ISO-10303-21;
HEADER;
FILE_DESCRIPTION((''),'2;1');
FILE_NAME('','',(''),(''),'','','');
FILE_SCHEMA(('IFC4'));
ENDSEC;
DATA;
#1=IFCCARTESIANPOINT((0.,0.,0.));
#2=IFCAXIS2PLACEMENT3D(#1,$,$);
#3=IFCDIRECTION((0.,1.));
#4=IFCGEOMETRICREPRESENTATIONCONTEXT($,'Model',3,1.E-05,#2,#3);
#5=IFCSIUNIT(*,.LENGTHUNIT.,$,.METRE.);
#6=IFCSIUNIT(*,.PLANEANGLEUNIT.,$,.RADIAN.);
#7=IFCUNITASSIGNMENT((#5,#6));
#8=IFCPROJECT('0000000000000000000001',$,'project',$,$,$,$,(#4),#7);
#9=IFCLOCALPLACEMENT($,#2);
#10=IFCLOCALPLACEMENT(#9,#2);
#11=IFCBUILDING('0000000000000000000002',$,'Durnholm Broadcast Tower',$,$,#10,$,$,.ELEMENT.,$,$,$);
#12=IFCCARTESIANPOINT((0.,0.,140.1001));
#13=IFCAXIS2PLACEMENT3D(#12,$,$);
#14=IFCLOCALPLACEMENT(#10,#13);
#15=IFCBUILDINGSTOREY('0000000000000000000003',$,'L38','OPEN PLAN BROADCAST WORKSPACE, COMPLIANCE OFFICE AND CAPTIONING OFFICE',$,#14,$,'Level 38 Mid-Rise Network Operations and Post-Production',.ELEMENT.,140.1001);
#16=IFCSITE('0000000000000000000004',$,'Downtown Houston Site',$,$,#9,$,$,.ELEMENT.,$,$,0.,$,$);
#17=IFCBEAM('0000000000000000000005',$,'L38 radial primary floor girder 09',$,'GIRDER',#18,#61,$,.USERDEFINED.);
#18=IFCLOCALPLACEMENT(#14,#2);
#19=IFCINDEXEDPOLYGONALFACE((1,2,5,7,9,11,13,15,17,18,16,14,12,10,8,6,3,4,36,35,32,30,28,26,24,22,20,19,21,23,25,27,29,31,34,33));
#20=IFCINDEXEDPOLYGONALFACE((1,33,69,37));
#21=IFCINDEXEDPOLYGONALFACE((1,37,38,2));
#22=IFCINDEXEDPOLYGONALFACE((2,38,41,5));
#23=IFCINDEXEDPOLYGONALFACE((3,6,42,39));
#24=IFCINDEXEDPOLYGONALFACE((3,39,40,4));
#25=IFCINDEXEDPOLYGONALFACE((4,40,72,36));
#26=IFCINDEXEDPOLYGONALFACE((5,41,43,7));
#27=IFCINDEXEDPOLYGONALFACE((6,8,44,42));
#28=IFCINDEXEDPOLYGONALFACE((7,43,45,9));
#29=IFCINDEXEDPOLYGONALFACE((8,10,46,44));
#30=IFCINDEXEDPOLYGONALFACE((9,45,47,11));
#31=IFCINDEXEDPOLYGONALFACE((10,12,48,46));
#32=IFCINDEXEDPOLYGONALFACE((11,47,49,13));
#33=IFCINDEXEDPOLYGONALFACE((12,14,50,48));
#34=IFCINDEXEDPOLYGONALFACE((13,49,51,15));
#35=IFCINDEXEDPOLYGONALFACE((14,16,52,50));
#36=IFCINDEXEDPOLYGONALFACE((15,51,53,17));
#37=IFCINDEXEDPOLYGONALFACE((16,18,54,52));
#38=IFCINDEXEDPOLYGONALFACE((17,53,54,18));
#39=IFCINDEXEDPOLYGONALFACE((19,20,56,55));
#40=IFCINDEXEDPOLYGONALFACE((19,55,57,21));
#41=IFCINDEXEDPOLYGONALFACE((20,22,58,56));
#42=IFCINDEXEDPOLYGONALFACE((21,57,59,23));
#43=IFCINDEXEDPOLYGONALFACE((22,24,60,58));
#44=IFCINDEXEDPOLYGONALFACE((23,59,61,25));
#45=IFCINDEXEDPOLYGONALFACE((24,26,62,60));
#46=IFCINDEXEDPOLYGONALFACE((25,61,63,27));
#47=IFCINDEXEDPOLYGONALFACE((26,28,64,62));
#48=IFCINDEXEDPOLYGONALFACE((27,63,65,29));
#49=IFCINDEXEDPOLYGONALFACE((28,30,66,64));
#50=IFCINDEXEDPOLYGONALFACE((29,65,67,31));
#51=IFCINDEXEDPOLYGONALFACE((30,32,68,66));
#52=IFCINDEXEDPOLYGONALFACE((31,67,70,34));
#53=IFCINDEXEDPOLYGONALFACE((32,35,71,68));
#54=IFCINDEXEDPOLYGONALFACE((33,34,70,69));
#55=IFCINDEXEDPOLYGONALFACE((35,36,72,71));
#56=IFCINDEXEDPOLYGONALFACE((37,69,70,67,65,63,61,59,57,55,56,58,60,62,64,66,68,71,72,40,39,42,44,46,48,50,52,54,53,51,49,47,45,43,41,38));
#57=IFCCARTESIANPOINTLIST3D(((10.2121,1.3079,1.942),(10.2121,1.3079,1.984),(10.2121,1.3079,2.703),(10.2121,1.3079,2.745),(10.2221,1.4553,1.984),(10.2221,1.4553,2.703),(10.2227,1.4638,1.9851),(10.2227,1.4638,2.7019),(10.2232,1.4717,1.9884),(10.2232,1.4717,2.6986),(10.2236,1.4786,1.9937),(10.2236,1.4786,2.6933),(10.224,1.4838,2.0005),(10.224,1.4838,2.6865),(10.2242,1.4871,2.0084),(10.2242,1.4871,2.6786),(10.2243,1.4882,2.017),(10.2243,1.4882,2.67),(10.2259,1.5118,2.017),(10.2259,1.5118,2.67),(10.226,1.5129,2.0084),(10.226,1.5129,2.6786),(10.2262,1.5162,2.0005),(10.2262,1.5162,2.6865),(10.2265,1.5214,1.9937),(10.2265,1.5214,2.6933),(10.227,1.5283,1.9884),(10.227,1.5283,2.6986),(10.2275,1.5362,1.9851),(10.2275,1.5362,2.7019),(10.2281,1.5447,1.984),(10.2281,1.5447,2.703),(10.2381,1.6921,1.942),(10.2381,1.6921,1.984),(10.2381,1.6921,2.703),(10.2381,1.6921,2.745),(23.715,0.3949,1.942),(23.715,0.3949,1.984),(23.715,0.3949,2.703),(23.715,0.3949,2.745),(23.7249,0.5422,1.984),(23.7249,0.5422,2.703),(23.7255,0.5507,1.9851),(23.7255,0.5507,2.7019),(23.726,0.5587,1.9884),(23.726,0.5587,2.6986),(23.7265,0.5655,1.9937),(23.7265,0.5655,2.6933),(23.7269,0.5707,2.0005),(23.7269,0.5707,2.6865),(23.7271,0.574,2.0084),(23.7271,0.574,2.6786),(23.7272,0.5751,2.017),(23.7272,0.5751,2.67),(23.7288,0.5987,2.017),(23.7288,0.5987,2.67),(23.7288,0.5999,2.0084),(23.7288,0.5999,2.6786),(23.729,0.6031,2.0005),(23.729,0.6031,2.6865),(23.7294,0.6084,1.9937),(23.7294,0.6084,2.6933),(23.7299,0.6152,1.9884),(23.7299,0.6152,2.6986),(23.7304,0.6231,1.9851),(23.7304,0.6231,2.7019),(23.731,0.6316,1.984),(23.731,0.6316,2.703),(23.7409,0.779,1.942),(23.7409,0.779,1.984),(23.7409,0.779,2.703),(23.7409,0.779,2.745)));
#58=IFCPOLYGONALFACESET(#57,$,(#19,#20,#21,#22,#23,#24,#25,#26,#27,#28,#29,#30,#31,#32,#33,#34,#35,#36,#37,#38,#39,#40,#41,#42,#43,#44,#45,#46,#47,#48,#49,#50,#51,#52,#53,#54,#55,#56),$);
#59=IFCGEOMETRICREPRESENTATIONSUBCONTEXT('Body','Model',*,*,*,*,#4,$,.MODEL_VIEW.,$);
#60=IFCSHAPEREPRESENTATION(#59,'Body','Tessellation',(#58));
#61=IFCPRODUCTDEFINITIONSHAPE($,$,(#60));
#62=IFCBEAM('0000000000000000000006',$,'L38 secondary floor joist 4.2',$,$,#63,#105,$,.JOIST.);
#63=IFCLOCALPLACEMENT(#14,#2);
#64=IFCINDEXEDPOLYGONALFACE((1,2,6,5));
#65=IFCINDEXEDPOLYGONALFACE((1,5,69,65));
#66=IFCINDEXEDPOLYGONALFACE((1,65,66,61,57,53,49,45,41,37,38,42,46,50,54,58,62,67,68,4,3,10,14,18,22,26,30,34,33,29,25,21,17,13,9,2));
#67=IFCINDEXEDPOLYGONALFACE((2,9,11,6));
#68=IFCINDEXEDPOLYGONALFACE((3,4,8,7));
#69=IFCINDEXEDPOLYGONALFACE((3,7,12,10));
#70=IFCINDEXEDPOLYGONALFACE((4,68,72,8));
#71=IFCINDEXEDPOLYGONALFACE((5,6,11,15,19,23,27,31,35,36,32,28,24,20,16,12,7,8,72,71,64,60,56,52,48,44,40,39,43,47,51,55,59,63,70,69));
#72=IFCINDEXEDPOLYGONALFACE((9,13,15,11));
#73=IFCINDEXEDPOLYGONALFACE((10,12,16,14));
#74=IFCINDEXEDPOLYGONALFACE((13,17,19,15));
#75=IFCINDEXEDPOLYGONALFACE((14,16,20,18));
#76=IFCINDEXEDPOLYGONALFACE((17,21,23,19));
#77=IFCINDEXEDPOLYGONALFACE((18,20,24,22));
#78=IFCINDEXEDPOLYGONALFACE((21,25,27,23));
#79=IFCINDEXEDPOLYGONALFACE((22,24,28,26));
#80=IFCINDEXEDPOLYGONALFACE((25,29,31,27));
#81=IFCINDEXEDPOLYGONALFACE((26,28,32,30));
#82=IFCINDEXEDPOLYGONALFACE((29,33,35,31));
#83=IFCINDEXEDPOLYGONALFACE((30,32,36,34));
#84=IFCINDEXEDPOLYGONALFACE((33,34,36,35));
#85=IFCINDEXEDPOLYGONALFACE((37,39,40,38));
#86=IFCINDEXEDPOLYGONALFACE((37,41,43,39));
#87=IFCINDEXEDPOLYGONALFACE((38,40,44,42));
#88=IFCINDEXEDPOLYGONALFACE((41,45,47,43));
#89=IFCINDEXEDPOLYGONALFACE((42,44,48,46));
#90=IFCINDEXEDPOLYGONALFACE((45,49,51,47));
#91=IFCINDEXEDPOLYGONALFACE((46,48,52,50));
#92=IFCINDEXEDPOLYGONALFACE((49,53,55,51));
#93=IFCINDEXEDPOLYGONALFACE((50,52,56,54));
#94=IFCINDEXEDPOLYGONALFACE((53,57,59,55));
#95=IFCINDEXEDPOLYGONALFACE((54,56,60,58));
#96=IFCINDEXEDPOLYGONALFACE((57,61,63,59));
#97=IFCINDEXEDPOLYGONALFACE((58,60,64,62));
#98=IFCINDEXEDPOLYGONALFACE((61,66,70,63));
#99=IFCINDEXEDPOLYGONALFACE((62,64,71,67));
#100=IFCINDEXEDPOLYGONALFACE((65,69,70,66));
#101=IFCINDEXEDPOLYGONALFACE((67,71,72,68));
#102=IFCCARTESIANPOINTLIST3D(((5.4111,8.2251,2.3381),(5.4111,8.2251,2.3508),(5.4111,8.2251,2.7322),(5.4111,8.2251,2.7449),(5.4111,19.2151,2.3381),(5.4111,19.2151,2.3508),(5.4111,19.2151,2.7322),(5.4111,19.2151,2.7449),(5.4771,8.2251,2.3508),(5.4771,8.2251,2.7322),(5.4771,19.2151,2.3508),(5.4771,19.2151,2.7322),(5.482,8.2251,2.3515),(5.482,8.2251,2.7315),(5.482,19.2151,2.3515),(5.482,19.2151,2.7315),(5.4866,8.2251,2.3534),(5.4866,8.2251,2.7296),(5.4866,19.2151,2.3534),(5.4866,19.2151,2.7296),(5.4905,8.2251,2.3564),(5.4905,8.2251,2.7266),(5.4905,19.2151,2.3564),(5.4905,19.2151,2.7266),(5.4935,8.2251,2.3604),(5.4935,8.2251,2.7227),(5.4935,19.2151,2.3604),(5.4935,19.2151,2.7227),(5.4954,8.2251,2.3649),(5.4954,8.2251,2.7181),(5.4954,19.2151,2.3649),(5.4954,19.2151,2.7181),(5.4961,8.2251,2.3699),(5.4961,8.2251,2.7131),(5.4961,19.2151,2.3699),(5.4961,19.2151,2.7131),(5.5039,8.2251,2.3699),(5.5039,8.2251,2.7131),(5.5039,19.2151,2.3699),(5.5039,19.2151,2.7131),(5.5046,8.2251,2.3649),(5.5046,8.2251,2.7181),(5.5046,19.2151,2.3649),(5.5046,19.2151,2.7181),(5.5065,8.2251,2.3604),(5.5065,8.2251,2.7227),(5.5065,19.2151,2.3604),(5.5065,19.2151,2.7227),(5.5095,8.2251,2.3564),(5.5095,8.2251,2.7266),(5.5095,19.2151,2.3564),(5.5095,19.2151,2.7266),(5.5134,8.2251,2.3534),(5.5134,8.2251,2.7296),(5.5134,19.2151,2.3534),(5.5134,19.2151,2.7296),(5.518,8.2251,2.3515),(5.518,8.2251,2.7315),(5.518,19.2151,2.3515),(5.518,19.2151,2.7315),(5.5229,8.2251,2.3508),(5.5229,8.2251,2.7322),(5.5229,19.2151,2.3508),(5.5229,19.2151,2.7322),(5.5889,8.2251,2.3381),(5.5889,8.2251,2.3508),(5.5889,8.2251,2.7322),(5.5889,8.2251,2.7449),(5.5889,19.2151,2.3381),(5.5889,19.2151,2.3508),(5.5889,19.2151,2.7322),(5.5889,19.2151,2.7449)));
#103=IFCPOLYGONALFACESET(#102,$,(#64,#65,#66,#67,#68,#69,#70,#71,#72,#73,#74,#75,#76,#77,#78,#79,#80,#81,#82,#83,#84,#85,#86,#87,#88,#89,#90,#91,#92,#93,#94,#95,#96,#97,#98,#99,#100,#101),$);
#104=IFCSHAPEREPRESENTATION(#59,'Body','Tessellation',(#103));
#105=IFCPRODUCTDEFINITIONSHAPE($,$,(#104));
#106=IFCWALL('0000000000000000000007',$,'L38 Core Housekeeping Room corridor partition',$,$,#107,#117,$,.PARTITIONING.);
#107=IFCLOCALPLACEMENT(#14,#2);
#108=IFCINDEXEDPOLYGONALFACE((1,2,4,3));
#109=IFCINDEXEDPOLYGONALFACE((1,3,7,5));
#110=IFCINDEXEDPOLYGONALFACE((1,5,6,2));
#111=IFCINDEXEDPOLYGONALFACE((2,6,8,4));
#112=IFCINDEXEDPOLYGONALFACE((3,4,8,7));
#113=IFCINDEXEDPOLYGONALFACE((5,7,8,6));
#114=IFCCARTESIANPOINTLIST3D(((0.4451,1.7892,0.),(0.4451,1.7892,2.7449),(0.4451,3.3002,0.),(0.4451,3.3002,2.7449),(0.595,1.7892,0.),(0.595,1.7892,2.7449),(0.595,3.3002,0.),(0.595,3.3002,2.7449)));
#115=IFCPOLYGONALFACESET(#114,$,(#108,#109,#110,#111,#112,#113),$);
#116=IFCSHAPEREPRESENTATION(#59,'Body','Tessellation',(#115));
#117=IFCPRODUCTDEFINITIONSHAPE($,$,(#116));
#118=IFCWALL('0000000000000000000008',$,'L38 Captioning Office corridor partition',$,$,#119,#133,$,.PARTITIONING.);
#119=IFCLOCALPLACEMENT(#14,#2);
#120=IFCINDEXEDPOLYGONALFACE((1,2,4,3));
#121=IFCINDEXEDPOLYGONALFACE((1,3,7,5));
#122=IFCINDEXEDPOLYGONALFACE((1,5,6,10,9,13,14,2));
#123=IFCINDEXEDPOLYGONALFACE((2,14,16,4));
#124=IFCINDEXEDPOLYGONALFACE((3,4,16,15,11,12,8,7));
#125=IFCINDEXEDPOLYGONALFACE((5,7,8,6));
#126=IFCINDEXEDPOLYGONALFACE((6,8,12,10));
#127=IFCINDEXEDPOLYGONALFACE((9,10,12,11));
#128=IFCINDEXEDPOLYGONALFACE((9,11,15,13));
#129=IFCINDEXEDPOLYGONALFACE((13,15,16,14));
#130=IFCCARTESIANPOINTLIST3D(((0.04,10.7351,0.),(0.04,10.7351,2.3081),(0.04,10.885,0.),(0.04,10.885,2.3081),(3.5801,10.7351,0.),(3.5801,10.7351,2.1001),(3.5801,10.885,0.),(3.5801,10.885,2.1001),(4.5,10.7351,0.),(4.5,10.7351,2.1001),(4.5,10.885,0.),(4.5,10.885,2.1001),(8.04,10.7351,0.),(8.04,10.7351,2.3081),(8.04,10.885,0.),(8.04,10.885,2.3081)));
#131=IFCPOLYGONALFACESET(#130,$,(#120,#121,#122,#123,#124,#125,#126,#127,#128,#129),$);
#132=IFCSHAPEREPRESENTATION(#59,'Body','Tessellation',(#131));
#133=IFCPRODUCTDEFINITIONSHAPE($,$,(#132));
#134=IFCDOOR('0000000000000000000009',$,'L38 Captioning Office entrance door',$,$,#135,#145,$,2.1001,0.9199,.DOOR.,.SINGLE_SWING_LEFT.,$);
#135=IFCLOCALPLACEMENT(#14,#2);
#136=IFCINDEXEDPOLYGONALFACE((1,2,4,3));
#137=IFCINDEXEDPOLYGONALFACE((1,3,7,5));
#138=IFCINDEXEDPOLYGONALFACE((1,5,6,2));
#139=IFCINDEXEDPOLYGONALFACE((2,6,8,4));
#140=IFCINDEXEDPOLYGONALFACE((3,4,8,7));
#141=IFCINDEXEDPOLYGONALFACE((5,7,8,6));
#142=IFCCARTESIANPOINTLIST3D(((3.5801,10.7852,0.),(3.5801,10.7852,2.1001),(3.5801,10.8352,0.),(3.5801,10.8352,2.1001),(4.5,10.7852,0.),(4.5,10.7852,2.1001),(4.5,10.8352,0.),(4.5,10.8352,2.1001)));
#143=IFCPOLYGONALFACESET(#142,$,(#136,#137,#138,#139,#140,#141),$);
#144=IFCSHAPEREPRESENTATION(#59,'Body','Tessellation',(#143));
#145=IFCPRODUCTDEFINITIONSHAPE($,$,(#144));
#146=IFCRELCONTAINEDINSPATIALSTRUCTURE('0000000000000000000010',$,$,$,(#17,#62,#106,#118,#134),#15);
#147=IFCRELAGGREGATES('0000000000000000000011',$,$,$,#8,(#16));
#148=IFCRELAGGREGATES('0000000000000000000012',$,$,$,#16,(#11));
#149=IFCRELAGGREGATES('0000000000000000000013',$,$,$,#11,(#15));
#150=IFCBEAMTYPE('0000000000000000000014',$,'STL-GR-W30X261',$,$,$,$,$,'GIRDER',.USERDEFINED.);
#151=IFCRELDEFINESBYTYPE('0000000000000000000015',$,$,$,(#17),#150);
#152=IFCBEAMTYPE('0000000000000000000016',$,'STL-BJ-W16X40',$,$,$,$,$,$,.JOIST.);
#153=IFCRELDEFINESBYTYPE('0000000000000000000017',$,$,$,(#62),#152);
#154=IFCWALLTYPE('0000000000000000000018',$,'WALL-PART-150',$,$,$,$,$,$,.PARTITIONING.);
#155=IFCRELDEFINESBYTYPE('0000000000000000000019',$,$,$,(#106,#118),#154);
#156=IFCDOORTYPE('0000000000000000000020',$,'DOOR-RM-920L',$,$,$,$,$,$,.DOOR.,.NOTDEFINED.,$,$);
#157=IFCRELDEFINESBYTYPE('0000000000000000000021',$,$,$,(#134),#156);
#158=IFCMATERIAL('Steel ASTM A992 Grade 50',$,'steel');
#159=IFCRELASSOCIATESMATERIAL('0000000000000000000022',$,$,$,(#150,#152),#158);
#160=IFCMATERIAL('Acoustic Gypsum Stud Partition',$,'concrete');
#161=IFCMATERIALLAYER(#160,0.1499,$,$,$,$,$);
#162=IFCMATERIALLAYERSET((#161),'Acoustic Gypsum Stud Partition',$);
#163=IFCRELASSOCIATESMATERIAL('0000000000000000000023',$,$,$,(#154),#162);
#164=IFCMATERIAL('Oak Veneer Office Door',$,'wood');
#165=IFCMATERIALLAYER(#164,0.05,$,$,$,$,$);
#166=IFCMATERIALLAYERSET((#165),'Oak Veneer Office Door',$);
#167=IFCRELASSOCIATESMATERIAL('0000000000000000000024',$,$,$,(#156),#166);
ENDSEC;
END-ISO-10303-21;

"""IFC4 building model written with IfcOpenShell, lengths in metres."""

from ifc_helpers import new_model, si_unit, direction, frame, frame_2d, origin, origin_2d, place, context, subcontext, project, spatial, rectangle, i_section, extrude, source, transform, mapped, material, layer, layer_set, material_profile, profile_set, type_object, type_shapes, element, fill, save


model = new_model("IFC4")

# Units and contexts
model_context = context("Model", 3, precision=1e-05, world=origin(), true_north=direction((0.0, 1.0)))
body_context = subcontext(model_context, "Body", "Model", "MODEL_VIEW")
ifc_project = project(units=[si_unit("LENGTHUNIT", "METRE"), si_unit("PLANEANGLEUNIT", "RADIAN")], contexts=[model_context])

# Site, building, storey
site_placement = place(None, origin())
site = spatial("IfcSite", under=ifc_project, at=site_placement, Name="Downtown Houston Site", CompositionType="ELEMENT", RefElevation=0.0)
building_placement = place(site_placement, origin())
building = spatial("IfcBuilding", under=site, at=building_placement, Name="Durnholm Broadcast Tower", CompositionType="ELEMENT")
storey_placement = place(building_placement, frame((0.0, 0.0, 140.1001)))
storey = spatial("IfcBuildingStorey", under=building, at=storey_placement, Name="L38", Description="OPEN PLAN BROADCAST WORKSPACE, COMPLIANCE OFFICE AND CAPTIONING OFFICE", LongName="Level 38 Mid-Rise Network Operations and Post-Production", CompositionType="ELEMENT", Elevation=140.1001)

# Beams
ifc_material_1 = material(Name="Steel ASTM A992 Grade 50", Category="steel")
ifc_material_profile_1 = material_profile(ifc_material_1, i_section(OverallWidth=0.385, OverallDepth=0.803, WebThickness=0.0237, FlangeThickness=0.042, FilletRadius=0.033, at=origin_2d()), Name="W30X261")
ifc_profile_set_1 = profile_set([ifc_material_profile_1], Name="Steel ASTM A992 Grade 50")
beam_type_1 = type_object("IfcBeamType", Name="STL-GR-W30X261", ElementType="GIRDER", PredefinedType="USERDEFINED", material=ifc_profile_set_1)
shared_shape_1 = source(origin(), body_context, "Body", "SweptSolid", [
    extrude(i_section(OverallWidth=0.385, OverallDepth=0.803, WebThickness=0.0237, FlangeThickness=0.042, FilletRadius=0.033, at=origin_2d()), origin(), (0.0, 0.0, 1.0), 13.5337),
])
beam_1_placement = place(storey_placement, frame((10.2251, 1.5, 2.3435), z_axis=(0.997721, -0.067467, 0.0), x_axis=(0.067467, 0.997721, 0.0)))
element("IfcBeam", 1, at=beam_1_placement, inside=storey, type_object=beam_type_1, Name="L38 radial primary floor girder 09", ObjectType="GIRDER", PredefinedType="USERDEFINED", context=body_context, shape_type="MappedRepresentation", body=[
    mapped(shared_shape_1, transform((0.0, 0.0, 0.0), x_axis=(1.0, 0.0, 0.0), y_axis=(0.0, 1.0, 0.0), z_axis=(0.0, 0.0, 1.0), scale=1.0)),
])
ifc_material_profile_2 = material_profile(ifc_material_1, i_section(OverallWidth=0.1777, OverallDepth=0.4067, WebThickness=0.0078, FlangeThickness=0.0127, FilletRadius=0.019, at=origin_2d()), Name="W16X40")
ifc_profile_set_2 = profile_set([ifc_material_profile_2], Name="Steel ASTM A992 Grade 50")
beam_type_2 = type_object("IfcBeamType", Name="STL-BJ-W16X40", PredefinedType="JOIST", material=ifc_profile_set_2)
shared_shape_2 = source(origin(), body_context, "Body", "SweptSolid", [
    extrude(i_section(OverallWidth=0.1777, OverallDepth=0.4067, WebThickness=0.0078, FlangeThickness=0.0127, FilletRadius=0.019, at=origin_2d()), origin(), (0.0, 0.0, 1.0), 10.99),
])
type_shapes(beam_type_2, [shared_shape_2])
beam_2_placement = place(storey_placement, frame((5.5, 8.2251, 2.5415), z_axis=(0.0, 1.0, 0.0), x_axis=(-1.0, 0.0, 0.0)))
element("IfcBeam", 2, at=beam_2_placement, inside=storey, type_object=beam_type_2, Name="L38 secondary floor joist 4.2", PredefinedType="JOIST", context=body_context, shape_type="MappedRepresentation", body=[
    mapped(shared_shape_2, transform((0.0, 0.0, 0.0), x_axis=(1.0, 0.0, 0.0), y_axis=(0.0, 1.0, 0.0), z_axis=(0.0, 0.0, 1.0), scale=1.0)),
])

# Wall
ifc_material_2 = material(Name="Acoustic Gypsum Stud Partition", Category="concrete")
ifc_layer_1 = layer(ifc_material_2, 0.1499)
ifc_layer_set_1 = layer_set([ifc_layer_1], Name="Acoustic Gypsum Stud Partition")
wall_type_1 = type_object("IfcWallType", Name="WALL-PART-150", PredefinedType="PARTITIONING", material=ifc_layer_set_1)
wall_1_placement = place(storey_placement, frame((0.52, 3.3, 0.0), z_axis=(0.0, 0.0, 1.0), x_axis=(0.0, -1.0, 0.0)))
element("IfcWall", 3, at=wall_1_placement, inside=storey, type_object=wall_type_1, Name="L38 Core Housekeeping Room corridor partition", PredefinedType="PARTITIONING", context=body_context, shape_type="SweptSolid", body=[
    extrude(rectangle(XDim=1.511, YDim=0.1499, at=frame_2d((0.7554, 0.0))), origin(), (0.0, 0.0, 1.0), 2.7449),
])

# Wall, opening, door
wall_2_placement = place(storey_placement, frame((8.04, 10.8101, 0.0), z_axis=(0.0, 0.0, 1.0), x_axis=(-1.0, 0.0, 0.0)))
wall_2 = element("IfcWall", 4, at=wall_2_placement, inside=storey, type_object=wall_type_1, Name="L38 Captioning Office corridor partition", PredefinedType="PARTITIONING", context=body_context, shape_type="SweptSolid", body=[
    extrude(rectangle(XDim=8.0, YDim=0.1499, at=frame_2d((4.0, 0.0))), origin(), (0.0, 0.0, 1.0), 2.3081),
])
opening_1_placement = place(wall_2_placement, frame((3.54, 0.0, 0.0)))
opening_1 = element("IfcOpeningElement", 5, at=opening_1_placement, cuts=wall_2, PredefinedType="OPENING", context=body_context, shape_type="SweptSolid", body=[
    extrude(rectangle(XDim=0.9199, YDim=2.1001, at=frame_2d((0.46, 1.05))), frame((0.0, 0.085, 0.0), z_axis=(0.0, -1.0, 0.0), x_axis=(1.0, 0.0, 0.0)), (0.0, 0.0, 1.0), 0.1699),
])
ifc_material_3 = material(Name="Oak Veneer Office Door", Category="wood")
ifc_layer_2 = layer(ifc_material_3, 0.05)
ifc_layer_set_2 = layer_set([ifc_layer_2], Name="Oak Veneer Office Door")
door_type_1 = type_object("IfcDoorType", Name="DOOR-RM-920L", OperationType="NOTDEFINED", PredefinedType="DOOR", material=ifc_layer_set_2)
shared_shape_3 = source(origin(), body_context, "Body", "SweptSolid", [
    extrude(rectangle(XDim=0.9199, YDim=2.1001, at=frame_2d((0.46, 1.05))), frame((0.0, 0.0249, 0.0), z_axis=(0.0, -1.0, 0.0), x_axis=(1.0, 0.0, 0.0)), (0.0, 0.0, 1.0), 0.05),
])
type_shapes(door_type_1, [shared_shape_3])
door_1_placement = place(opening_1_placement, origin())
door_1 = element("IfcDoor", 6, at=door_1_placement, inside=storey, type_object=door_type_1, Name="L38 Captioning Office entrance door", OperationType="SINGLE_SWING_LEFT", OverallHeight=2.1001, OverallWidth=0.9199, PredefinedType="DOOR", context=body_context, shape_type="MappedRepresentation", body=[
    mapped(shared_shape_3, transform((0.0, 0.0, 0.0), x_axis=(1.0, 0.0, 0.0), y_axis=(0.0, 1.0, 0.0), z_axis=(0.0, 0.0, 1.0), scale=1.0)),
])
fill(opening_1, door_1)

save(model, "model.ifc")
